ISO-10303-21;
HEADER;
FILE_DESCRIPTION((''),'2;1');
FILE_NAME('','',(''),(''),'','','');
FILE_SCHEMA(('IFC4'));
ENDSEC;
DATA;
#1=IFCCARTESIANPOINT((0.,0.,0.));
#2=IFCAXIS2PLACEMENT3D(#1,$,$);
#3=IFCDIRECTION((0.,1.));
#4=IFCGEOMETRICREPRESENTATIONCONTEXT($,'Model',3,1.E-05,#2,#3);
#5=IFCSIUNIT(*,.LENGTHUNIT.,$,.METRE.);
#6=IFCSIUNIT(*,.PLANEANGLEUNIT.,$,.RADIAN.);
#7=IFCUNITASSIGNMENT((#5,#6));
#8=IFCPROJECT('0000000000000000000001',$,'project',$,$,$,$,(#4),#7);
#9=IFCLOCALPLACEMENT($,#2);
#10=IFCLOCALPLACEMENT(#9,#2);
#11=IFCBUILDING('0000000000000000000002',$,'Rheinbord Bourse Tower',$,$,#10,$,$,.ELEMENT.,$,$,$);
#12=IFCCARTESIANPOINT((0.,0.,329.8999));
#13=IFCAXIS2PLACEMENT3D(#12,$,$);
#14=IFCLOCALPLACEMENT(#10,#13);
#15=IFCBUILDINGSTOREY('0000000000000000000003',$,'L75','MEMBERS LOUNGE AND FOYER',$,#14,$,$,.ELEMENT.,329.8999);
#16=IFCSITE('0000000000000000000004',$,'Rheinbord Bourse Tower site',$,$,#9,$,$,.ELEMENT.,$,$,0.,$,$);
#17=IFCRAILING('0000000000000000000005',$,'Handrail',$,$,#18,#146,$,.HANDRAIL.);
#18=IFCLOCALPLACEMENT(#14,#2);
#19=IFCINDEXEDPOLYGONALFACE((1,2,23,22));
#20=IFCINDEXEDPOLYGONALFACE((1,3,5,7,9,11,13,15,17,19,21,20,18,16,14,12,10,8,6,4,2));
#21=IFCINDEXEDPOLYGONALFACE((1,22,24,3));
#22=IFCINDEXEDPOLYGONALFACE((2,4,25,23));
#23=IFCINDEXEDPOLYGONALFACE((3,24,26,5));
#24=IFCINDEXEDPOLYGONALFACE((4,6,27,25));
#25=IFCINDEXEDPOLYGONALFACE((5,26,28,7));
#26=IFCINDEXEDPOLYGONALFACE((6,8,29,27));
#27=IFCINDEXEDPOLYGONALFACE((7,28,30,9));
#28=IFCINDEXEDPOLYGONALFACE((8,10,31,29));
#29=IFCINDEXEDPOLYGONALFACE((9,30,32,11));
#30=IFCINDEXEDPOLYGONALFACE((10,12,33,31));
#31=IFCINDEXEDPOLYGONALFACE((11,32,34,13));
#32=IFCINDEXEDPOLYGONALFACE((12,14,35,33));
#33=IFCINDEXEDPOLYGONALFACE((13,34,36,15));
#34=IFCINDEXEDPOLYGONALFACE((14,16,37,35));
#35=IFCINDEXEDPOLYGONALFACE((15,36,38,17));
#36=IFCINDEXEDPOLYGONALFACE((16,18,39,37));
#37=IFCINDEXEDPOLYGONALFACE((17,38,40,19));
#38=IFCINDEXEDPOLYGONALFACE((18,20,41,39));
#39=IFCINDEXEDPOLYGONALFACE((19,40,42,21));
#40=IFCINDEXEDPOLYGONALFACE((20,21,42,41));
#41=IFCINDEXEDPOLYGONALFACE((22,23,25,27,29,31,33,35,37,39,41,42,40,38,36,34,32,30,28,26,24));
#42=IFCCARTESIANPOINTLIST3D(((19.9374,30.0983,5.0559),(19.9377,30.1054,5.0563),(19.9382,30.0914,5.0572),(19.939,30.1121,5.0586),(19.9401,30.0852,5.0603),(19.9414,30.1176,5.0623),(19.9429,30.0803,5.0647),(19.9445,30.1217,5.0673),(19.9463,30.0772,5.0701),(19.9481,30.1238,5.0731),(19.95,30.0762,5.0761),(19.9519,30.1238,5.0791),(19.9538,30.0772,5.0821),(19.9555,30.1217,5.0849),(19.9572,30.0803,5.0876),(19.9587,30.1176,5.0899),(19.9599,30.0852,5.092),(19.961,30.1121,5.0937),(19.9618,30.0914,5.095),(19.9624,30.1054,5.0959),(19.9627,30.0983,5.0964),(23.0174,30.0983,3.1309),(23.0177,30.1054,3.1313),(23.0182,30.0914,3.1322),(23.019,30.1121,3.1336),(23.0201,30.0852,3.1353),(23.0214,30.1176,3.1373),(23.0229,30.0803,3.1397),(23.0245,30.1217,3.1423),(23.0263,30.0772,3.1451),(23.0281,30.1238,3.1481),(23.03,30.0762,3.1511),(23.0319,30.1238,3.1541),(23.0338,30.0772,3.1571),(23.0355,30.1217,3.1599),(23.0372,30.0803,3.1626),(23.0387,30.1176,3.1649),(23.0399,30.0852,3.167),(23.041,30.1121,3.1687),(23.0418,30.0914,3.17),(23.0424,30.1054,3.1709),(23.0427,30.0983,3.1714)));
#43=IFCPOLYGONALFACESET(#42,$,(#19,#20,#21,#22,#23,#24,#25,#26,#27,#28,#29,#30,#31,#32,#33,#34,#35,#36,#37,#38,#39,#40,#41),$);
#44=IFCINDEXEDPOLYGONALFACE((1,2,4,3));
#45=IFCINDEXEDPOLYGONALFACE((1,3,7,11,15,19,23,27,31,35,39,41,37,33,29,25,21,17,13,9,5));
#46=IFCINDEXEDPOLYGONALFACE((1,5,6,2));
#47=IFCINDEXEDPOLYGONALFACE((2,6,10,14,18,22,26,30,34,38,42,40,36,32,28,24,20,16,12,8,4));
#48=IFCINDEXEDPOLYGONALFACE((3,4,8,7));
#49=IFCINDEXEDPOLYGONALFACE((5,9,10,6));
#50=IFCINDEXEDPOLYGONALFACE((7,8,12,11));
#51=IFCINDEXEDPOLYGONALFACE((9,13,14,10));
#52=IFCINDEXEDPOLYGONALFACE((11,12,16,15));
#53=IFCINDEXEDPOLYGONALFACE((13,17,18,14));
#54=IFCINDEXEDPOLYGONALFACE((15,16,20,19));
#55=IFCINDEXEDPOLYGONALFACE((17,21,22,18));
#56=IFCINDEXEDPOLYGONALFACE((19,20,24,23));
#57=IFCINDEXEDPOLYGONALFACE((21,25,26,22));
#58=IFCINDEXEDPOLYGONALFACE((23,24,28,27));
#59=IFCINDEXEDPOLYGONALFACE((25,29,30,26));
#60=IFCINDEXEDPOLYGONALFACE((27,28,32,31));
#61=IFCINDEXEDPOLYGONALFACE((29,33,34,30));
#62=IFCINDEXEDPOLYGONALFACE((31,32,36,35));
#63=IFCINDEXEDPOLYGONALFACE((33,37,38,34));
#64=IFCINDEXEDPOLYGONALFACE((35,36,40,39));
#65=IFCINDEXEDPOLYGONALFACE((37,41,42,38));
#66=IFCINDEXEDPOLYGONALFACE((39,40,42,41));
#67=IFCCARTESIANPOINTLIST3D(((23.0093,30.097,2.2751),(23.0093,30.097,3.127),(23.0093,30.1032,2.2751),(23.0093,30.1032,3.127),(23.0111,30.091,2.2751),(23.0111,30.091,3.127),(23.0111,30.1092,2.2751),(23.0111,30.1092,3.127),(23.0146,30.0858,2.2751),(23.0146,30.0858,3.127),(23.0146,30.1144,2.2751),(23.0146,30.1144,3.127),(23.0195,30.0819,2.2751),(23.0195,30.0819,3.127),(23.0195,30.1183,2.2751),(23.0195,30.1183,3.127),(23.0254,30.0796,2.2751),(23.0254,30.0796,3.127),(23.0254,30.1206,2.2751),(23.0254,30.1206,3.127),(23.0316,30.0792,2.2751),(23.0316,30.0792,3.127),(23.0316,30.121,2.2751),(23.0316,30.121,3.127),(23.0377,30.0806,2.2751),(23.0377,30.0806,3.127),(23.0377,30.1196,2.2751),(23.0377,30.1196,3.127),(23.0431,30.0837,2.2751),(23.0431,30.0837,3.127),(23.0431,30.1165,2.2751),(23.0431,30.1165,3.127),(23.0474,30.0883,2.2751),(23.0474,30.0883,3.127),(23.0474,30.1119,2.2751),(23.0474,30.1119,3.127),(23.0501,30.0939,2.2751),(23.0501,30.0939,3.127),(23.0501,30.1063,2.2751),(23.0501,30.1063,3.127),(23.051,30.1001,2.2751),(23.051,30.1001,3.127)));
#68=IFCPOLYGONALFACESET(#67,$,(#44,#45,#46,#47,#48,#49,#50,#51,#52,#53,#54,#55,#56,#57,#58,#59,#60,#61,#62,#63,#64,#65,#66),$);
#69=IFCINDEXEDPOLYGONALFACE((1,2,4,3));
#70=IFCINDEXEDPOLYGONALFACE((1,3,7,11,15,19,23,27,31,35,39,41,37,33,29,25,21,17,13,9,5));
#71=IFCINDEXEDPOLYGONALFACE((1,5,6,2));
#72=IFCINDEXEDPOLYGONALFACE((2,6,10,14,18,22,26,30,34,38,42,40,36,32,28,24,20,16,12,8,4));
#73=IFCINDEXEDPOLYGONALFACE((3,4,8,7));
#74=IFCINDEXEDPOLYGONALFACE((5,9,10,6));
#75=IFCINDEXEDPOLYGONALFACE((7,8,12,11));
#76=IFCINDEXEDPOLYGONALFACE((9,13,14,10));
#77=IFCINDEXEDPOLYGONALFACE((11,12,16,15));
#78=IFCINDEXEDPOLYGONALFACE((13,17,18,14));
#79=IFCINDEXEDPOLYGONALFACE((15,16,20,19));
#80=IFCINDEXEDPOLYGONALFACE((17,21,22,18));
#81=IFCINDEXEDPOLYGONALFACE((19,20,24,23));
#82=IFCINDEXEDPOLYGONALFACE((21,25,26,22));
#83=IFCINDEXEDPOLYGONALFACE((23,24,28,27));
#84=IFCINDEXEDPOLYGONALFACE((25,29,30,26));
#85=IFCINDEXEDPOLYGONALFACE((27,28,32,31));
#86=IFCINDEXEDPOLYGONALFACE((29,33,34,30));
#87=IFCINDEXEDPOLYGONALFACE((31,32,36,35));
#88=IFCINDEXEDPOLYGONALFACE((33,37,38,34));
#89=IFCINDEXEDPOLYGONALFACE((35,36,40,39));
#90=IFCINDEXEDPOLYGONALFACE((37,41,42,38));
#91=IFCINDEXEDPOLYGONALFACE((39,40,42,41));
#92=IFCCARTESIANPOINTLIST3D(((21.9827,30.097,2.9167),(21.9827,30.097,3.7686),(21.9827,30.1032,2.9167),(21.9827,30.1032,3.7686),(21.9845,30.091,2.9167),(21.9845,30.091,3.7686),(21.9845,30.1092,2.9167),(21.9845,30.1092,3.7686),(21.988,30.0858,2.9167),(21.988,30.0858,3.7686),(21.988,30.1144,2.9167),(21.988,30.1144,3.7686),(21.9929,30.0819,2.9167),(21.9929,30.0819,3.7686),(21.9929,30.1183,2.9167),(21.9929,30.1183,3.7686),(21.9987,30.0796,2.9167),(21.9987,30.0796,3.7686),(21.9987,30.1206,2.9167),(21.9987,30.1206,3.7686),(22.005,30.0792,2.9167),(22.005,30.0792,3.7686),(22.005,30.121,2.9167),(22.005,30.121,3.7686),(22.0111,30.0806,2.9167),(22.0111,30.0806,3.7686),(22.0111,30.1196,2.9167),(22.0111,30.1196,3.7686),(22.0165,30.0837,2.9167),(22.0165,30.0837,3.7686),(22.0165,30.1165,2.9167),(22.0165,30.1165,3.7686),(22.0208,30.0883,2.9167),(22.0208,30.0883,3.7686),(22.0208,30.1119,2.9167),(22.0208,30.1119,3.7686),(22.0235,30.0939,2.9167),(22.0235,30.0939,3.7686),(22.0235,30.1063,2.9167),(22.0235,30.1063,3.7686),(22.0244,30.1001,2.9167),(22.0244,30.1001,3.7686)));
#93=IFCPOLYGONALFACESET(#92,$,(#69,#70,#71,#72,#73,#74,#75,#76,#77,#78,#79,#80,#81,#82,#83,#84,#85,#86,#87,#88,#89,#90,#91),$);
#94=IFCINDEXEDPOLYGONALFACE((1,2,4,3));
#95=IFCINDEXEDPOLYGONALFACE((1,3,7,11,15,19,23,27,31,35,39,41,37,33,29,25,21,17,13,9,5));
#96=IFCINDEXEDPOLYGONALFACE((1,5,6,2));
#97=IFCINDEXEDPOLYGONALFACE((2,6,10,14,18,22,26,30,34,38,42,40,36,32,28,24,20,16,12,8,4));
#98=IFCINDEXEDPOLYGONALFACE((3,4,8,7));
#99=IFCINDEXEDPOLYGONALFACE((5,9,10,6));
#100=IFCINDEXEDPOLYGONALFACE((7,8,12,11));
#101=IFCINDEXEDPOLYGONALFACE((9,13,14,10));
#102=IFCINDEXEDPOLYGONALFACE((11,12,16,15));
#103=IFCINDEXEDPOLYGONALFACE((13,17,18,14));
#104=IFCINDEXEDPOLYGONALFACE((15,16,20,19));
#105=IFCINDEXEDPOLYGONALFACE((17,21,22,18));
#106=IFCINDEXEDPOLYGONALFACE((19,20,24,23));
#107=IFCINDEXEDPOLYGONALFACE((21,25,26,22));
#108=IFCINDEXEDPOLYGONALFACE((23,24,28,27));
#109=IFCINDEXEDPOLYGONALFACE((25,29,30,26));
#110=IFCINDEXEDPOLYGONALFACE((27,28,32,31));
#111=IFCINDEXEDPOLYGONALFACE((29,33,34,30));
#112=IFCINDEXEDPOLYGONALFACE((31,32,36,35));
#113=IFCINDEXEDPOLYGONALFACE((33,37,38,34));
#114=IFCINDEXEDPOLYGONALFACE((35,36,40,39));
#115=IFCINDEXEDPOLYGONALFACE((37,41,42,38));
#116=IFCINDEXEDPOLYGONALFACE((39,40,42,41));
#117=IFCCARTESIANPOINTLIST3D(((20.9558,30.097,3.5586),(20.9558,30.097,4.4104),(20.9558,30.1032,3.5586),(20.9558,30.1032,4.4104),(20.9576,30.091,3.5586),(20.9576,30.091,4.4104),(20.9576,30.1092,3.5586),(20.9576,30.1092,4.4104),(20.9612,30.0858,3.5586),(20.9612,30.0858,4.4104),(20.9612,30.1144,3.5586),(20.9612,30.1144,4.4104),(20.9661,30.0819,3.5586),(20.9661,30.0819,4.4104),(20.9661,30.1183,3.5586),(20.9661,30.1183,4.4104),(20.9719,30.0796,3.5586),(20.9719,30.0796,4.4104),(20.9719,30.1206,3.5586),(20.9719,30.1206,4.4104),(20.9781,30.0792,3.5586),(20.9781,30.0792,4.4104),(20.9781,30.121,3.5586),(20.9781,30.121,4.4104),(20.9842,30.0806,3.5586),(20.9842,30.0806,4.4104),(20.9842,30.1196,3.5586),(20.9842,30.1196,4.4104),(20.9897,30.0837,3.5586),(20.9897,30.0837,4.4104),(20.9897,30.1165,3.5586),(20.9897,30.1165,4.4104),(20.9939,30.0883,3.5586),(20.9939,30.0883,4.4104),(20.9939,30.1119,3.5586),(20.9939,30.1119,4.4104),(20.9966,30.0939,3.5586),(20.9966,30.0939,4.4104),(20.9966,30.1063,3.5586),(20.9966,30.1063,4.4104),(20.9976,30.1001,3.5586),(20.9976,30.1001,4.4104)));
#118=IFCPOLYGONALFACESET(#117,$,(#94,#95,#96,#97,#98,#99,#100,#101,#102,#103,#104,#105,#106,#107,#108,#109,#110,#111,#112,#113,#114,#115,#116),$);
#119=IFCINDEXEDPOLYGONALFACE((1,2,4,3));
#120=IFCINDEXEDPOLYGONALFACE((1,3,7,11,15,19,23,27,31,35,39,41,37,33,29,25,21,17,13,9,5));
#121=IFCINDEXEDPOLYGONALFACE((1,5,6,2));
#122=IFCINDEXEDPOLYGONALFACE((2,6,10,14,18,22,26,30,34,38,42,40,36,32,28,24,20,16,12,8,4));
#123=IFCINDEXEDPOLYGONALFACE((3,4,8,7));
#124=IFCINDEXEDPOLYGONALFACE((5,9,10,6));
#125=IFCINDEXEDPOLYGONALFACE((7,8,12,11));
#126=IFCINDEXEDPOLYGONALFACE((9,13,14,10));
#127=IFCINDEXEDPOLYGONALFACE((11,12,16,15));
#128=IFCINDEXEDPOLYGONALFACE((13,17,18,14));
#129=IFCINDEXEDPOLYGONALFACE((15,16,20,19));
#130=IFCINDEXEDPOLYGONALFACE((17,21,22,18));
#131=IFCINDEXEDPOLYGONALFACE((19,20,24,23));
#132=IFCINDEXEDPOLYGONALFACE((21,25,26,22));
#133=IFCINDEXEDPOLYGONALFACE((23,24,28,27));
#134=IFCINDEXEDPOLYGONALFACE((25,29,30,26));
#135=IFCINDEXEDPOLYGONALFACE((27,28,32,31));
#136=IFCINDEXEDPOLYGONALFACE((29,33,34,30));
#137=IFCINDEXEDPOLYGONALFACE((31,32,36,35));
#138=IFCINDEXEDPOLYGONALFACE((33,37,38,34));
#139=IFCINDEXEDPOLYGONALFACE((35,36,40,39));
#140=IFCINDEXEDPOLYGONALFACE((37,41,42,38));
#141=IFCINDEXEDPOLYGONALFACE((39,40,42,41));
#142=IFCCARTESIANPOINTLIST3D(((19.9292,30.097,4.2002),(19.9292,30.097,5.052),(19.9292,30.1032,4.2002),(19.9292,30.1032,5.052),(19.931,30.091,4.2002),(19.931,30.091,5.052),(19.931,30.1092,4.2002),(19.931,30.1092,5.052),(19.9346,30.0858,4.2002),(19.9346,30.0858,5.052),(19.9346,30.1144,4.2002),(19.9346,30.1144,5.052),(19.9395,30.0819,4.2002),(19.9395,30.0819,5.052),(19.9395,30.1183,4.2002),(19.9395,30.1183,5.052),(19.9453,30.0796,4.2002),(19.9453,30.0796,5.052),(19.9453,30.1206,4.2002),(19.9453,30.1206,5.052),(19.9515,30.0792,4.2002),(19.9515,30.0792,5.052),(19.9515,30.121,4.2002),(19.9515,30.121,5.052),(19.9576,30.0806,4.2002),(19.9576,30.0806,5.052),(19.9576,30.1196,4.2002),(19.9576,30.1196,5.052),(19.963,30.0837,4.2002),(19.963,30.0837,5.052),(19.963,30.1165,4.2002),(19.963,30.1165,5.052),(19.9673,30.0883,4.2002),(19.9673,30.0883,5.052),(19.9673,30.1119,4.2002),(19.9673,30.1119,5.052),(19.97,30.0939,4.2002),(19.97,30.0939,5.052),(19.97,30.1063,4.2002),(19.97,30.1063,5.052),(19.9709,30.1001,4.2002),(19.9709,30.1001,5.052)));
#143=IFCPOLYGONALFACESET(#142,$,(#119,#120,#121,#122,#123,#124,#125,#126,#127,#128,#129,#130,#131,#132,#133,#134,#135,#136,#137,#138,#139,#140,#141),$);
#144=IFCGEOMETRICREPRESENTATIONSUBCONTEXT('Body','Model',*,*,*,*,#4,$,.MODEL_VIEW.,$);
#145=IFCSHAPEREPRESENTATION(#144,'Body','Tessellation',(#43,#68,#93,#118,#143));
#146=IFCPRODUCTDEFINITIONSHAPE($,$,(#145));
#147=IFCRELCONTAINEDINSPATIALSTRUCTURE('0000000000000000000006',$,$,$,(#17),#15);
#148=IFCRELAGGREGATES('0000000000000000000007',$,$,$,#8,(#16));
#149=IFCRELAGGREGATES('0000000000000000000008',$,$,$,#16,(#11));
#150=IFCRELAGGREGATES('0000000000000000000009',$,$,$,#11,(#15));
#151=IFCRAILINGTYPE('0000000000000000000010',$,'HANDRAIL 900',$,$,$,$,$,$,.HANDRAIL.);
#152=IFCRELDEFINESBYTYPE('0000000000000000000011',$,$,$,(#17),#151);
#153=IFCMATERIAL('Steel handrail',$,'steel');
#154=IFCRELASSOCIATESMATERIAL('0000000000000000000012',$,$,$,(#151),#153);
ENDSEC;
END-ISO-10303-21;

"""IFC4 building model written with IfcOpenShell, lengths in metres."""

from ifc_helpers import new_model, si_unit, direction, frame, origin, origin_2d, place, context, subcontext, project, spatial, circle, extrude, material, type_object, element, save


model = new_model("IFC4")

# Units and contexts
model_context = context("Model", 3, precision=1e-05, world=origin(), true_north=direction((0.0, 1.0)))
body_context = subcontext(model_context, "Body", "Model", "MODEL_VIEW")
ifc_project = project(units=[si_unit("LENGTHUNIT", "METRE"), si_unit("PLANEANGLEUNIT", "RADIAN")], contexts=[model_context])

# Site, building, storey
site_placement = place(None, origin())
site = spatial("IfcSite", under=ifc_project, at=site_placement, Name="Rheinbord Bourse Tower site", CompositionType="ELEMENT", RefElevation=0.0)
building_placement = place(site_placement, origin())
building = spatial("IfcBuilding", under=site, at=building_placement, Name="Rheinbord Bourse Tower", CompositionType="ELEMENT")
storey_placement = place(building_placement, frame((0.0, 0.0, 329.8999)))
storey = spatial("IfcBuildingStorey", under=building, at=storey_placement, Name="L75", Description="MEMBERS LOUNGE AND FOYER", CompositionType="ELEMENT", Elevation=329.8999)

# Railing
ifc_material_1 = material(Name="Steel handrail", Category="steel")
railing_type = type_object("IfcRailingType", Name="HANDRAIL 900", PredefinedType="HANDRAIL", material=ifc_material_1)
railing_1_placement = place(storey_placement, frame((23.03, 30.1001, 2.2751)))
element("IfcRailing", 1, at=railing_1_placement, inside=storey, type_object=railing_type, Name="Handrail", PredefinedType="HANDRAIL", context=body_context, shape_type="SweptSolid", body=[
    extrude(circle(Radius=0.0239, at=origin_2d()), frame((0.0, 0.0, 0.876), z_axis=(-0.847998, 0.0, 0.529999), x_axis=(0.0, -1.0, 0.0)), (0.0, 0.0, 1.0), 3.6321),
    extrude(circle(Radius=0.021, at=origin_2d()), origin(), (0.0, 0.0, 1.0), 0.8518),
    extrude(circle(Radius=0.021, at=origin_2d()), frame((-1.0266, 0.0, 0.6416)), (0.0, 0.0, 1.0), 0.8518),
    extrude(circle(Radius=0.021, at=origin_2d()), frame((-2.0535, 0.0, 1.2834)), (0.0, 0.0, 1.0), 0.8518),
    extrude(circle(Radius=0.021, at=origin_2d()), frame((-3.0801, 0.0, 1.925)), (0.0, 0.0, 1.0), 0.8518),
])

save(model, "model.ifc")
